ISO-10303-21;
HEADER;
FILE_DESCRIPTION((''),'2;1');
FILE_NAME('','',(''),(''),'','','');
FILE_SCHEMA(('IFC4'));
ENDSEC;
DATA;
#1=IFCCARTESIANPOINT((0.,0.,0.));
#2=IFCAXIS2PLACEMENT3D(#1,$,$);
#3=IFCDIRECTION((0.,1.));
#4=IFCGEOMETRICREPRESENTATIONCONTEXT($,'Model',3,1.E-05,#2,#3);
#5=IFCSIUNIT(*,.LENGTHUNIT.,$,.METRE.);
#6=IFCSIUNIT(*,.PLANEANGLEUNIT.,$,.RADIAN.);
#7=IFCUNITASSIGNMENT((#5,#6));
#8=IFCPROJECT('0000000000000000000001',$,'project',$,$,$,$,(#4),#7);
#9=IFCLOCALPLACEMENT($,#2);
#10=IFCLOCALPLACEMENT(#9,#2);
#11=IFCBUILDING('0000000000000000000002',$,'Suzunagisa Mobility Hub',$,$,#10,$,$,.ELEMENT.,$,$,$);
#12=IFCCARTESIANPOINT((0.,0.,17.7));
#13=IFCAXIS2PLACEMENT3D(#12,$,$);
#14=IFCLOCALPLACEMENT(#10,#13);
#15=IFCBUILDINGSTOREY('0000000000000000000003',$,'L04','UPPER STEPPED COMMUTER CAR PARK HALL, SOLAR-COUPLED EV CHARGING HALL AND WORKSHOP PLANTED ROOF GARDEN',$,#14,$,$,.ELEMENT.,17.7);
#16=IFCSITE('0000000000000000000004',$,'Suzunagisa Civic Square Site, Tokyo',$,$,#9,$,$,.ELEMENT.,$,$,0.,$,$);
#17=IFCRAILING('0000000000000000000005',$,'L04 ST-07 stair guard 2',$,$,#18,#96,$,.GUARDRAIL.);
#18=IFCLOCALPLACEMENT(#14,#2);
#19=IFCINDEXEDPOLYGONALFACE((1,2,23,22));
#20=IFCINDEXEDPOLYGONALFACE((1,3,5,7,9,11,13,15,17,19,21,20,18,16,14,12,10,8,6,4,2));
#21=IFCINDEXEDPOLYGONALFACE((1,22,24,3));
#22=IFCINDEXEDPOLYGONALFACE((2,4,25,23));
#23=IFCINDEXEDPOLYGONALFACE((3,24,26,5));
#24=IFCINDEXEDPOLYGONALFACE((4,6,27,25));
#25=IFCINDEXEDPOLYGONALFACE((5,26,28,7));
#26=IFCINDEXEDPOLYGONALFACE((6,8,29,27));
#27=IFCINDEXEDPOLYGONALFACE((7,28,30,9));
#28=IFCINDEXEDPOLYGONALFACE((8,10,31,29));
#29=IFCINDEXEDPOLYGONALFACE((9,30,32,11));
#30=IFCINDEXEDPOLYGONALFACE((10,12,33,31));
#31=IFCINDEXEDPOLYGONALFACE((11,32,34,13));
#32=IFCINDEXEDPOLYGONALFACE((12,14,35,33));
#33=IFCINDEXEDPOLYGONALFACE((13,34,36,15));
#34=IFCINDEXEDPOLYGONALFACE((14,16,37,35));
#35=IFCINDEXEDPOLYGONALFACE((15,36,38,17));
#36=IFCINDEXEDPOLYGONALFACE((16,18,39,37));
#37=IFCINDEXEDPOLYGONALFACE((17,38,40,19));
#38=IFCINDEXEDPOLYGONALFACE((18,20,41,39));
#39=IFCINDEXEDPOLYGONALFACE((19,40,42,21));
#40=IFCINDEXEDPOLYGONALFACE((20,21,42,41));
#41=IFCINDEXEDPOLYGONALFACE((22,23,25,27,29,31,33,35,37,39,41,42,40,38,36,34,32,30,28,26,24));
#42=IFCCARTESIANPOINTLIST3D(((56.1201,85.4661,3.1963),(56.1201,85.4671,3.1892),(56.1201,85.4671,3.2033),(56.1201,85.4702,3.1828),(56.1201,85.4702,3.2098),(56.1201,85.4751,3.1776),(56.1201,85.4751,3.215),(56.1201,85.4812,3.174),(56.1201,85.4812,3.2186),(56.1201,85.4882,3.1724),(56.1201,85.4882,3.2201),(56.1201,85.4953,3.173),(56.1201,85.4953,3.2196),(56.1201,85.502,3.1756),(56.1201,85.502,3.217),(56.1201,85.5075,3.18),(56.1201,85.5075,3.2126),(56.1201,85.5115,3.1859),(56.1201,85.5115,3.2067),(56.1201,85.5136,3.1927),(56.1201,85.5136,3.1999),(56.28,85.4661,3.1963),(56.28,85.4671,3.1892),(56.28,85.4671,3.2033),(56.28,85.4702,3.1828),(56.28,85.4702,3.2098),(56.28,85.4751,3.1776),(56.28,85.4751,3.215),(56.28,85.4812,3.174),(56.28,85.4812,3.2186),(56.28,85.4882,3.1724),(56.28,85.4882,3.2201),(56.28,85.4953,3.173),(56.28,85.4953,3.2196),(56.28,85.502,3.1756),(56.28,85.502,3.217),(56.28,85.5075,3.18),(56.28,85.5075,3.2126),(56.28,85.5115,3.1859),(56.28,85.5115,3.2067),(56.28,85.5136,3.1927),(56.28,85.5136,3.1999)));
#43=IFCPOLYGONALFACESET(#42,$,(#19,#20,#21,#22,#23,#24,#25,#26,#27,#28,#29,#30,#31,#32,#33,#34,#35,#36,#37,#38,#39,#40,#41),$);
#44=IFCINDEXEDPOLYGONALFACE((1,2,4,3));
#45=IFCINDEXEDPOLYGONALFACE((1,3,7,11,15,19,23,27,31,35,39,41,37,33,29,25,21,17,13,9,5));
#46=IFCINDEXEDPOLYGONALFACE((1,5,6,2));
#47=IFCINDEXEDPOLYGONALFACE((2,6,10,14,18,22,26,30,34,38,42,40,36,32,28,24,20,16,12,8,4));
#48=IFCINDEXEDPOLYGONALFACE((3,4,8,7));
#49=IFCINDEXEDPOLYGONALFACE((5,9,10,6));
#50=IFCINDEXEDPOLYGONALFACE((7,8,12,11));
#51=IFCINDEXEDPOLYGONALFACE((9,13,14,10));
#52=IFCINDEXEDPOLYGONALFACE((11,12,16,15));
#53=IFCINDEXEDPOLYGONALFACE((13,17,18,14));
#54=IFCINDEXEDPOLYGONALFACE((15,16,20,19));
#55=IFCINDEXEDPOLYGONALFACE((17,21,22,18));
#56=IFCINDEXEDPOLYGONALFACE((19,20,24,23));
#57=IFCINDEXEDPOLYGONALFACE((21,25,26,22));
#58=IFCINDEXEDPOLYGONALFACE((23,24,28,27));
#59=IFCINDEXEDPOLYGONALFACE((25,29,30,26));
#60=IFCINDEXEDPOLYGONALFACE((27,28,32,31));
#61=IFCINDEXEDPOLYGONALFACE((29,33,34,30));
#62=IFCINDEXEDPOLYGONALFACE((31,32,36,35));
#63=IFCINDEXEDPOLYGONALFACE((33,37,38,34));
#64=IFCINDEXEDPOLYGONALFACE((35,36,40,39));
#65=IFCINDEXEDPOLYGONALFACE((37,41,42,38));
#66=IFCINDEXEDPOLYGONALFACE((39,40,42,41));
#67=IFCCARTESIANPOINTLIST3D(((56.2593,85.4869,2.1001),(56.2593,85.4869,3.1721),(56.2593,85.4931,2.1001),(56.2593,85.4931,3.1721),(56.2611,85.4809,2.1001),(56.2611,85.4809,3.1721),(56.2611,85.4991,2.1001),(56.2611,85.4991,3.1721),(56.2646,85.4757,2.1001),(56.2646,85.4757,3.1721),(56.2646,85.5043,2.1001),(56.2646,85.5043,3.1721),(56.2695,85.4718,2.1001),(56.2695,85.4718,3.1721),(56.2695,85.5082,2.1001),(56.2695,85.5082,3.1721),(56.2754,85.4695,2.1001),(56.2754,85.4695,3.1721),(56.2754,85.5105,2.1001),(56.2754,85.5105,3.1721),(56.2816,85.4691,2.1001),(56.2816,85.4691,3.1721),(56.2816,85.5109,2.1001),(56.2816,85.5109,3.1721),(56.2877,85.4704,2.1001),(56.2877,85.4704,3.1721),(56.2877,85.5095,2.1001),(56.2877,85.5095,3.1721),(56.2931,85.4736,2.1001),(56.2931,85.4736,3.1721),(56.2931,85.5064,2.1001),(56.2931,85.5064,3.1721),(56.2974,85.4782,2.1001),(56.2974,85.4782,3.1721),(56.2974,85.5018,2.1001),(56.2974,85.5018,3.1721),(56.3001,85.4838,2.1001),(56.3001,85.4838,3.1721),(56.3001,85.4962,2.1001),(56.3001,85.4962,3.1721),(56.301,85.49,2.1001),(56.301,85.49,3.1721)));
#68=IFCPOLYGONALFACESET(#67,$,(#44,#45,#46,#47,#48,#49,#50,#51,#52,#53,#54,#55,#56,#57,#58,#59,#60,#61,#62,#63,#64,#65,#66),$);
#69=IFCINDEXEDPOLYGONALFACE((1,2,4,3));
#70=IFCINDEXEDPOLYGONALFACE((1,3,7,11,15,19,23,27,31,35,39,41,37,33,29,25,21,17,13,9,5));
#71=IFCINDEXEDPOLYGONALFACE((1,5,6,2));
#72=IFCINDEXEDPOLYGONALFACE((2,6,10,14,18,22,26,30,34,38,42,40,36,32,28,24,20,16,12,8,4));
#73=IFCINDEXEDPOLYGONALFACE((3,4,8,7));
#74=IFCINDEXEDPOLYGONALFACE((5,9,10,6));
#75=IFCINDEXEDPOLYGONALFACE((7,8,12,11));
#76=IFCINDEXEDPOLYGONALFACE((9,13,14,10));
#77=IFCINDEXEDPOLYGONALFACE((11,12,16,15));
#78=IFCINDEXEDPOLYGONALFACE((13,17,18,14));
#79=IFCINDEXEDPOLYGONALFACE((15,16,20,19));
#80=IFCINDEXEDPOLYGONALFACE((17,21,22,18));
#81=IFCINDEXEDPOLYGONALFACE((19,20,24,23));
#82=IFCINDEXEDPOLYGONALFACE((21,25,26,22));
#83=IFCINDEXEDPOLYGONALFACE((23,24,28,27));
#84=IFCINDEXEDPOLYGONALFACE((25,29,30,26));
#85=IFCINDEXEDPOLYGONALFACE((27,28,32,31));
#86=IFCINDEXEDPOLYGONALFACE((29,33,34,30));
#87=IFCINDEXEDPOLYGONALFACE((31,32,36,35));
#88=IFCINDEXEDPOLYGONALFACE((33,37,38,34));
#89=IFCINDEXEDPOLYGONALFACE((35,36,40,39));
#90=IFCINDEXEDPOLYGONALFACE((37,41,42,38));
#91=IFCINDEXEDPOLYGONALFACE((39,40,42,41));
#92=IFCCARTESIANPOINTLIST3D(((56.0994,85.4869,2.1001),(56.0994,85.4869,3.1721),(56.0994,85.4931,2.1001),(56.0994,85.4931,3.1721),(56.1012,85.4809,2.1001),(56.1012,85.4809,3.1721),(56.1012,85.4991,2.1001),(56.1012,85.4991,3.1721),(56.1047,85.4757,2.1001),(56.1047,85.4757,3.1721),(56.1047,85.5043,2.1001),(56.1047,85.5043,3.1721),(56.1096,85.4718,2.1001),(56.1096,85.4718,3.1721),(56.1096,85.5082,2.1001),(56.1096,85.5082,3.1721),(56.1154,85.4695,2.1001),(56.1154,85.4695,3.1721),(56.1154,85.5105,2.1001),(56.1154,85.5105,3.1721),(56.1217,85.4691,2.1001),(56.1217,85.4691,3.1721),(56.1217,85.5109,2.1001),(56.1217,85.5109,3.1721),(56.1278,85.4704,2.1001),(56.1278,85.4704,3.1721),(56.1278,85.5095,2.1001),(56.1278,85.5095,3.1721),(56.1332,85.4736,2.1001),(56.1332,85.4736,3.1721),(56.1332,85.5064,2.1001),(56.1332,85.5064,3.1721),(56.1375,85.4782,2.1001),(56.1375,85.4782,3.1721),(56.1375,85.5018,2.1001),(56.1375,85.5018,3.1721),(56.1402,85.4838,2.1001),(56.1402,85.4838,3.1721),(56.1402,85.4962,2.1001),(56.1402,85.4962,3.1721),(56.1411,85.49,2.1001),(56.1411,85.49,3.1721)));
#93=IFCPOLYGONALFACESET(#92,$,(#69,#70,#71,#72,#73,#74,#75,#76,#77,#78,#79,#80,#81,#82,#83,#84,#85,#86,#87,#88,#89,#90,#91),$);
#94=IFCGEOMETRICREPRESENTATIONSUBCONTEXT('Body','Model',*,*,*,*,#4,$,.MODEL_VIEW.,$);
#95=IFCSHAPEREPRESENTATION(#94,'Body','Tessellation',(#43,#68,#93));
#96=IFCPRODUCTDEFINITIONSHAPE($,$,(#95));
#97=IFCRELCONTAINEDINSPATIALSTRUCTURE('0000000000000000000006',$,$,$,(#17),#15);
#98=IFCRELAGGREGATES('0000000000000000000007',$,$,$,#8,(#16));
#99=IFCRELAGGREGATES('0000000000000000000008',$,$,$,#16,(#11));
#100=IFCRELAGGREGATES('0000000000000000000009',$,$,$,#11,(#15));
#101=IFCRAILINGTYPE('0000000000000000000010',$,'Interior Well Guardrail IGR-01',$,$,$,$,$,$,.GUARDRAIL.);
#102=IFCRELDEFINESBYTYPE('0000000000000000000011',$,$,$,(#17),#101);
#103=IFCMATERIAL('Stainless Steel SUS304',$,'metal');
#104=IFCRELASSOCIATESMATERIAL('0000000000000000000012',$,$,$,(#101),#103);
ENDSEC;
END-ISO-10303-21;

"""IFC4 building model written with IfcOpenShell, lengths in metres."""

from ifc_helpers import new_model, si_unit, direction, frame, origin, origin_2d, place, context, subcontext, project, spatial, circle, extrude, material, type_object, element, save


model = new_model("IFC4")

# Units and contexts
model_context = context("Model", 3, precision=1e-05, world=origin(), true_north=direction((0.0, 1.0)))
body_context = subcontext(model_context, "Body", "Model", "MODEL_VIEW")
ifc_project = project(units=[si_unit("LENGTHUNIT", "METRE"), si_unit("PLANEANGLEUNIT", "RADIAN")], contexts=[model_context])

# Site, building, storey
site_placement = place(None, origin())
site = spatial("IfcSite", under=ifc_project, at=site_placement, Name="Suzunagisa Civic Square Site, Tokyo", CompositionType="ELEMENT", RefElevation=0.0)
building_placement = place(site_placement, origin())
building = spatial("IfcBuilding", under=site, at=building_placement, Name="Suzunagisa Mobility Hub", CompositionType="ELEMENT")
storey_placement = place(building_placement, frame((0.0, 0.0, 17.7)))
storey = spatial("IfcBuildingStorey", under=building, at=storey_placement, Name="L04", Description="UPPER STEPPED COMMUTER CAR PARK HALL, SOLAR-COUPLED EV CHARGING HALL AND WORKSHOP PLANTED ROOF GARDEN", CompositionType="ELEMENT", Elevation=17.7)

# Railing
ifc_material_1 = material(Name="Stainless Steel SUS304", Category="metal")
railing_type_1 = type_object("IfcRailingType", Name="Interior Well Guardrail IGR-01", PredefinedType="GUARDRAIL", material=ifc_material_1)
railing_1_placement = place(storey_placement, frame((56.28, 85.49, 2.1001)))
element("IfcRailing", 1, at=railing_1_placement, inside=storey, type_object=railing_type_1, Name="L04 ST-07 stair guard 2", PredefinedType="GUARDRAIL", context=body_context, shape_type="SweptSolid", body=[
    extrude(circle(Radius=0.0239, at=origin_2d()), frame((0.0, 0.0, 1.0962), z_axis=(-1.0, 0.0, 0.0), x_axis=(0.0, -1.0, 0.0)), (0.0, 0.0, 1.0), 0.1599),
    extrude(circle(Radius=0.021, at=origin_2d()), origin(), (0.0, 0.0, 1.0), 1.072),
    extrude(circle(Radius=0.021, at=origin_2d()), frame((-0.1599, 0.0, 0.0)), (0.0, 0.0, 1.0), 1.072),
])

save(model, "model.ifc")
